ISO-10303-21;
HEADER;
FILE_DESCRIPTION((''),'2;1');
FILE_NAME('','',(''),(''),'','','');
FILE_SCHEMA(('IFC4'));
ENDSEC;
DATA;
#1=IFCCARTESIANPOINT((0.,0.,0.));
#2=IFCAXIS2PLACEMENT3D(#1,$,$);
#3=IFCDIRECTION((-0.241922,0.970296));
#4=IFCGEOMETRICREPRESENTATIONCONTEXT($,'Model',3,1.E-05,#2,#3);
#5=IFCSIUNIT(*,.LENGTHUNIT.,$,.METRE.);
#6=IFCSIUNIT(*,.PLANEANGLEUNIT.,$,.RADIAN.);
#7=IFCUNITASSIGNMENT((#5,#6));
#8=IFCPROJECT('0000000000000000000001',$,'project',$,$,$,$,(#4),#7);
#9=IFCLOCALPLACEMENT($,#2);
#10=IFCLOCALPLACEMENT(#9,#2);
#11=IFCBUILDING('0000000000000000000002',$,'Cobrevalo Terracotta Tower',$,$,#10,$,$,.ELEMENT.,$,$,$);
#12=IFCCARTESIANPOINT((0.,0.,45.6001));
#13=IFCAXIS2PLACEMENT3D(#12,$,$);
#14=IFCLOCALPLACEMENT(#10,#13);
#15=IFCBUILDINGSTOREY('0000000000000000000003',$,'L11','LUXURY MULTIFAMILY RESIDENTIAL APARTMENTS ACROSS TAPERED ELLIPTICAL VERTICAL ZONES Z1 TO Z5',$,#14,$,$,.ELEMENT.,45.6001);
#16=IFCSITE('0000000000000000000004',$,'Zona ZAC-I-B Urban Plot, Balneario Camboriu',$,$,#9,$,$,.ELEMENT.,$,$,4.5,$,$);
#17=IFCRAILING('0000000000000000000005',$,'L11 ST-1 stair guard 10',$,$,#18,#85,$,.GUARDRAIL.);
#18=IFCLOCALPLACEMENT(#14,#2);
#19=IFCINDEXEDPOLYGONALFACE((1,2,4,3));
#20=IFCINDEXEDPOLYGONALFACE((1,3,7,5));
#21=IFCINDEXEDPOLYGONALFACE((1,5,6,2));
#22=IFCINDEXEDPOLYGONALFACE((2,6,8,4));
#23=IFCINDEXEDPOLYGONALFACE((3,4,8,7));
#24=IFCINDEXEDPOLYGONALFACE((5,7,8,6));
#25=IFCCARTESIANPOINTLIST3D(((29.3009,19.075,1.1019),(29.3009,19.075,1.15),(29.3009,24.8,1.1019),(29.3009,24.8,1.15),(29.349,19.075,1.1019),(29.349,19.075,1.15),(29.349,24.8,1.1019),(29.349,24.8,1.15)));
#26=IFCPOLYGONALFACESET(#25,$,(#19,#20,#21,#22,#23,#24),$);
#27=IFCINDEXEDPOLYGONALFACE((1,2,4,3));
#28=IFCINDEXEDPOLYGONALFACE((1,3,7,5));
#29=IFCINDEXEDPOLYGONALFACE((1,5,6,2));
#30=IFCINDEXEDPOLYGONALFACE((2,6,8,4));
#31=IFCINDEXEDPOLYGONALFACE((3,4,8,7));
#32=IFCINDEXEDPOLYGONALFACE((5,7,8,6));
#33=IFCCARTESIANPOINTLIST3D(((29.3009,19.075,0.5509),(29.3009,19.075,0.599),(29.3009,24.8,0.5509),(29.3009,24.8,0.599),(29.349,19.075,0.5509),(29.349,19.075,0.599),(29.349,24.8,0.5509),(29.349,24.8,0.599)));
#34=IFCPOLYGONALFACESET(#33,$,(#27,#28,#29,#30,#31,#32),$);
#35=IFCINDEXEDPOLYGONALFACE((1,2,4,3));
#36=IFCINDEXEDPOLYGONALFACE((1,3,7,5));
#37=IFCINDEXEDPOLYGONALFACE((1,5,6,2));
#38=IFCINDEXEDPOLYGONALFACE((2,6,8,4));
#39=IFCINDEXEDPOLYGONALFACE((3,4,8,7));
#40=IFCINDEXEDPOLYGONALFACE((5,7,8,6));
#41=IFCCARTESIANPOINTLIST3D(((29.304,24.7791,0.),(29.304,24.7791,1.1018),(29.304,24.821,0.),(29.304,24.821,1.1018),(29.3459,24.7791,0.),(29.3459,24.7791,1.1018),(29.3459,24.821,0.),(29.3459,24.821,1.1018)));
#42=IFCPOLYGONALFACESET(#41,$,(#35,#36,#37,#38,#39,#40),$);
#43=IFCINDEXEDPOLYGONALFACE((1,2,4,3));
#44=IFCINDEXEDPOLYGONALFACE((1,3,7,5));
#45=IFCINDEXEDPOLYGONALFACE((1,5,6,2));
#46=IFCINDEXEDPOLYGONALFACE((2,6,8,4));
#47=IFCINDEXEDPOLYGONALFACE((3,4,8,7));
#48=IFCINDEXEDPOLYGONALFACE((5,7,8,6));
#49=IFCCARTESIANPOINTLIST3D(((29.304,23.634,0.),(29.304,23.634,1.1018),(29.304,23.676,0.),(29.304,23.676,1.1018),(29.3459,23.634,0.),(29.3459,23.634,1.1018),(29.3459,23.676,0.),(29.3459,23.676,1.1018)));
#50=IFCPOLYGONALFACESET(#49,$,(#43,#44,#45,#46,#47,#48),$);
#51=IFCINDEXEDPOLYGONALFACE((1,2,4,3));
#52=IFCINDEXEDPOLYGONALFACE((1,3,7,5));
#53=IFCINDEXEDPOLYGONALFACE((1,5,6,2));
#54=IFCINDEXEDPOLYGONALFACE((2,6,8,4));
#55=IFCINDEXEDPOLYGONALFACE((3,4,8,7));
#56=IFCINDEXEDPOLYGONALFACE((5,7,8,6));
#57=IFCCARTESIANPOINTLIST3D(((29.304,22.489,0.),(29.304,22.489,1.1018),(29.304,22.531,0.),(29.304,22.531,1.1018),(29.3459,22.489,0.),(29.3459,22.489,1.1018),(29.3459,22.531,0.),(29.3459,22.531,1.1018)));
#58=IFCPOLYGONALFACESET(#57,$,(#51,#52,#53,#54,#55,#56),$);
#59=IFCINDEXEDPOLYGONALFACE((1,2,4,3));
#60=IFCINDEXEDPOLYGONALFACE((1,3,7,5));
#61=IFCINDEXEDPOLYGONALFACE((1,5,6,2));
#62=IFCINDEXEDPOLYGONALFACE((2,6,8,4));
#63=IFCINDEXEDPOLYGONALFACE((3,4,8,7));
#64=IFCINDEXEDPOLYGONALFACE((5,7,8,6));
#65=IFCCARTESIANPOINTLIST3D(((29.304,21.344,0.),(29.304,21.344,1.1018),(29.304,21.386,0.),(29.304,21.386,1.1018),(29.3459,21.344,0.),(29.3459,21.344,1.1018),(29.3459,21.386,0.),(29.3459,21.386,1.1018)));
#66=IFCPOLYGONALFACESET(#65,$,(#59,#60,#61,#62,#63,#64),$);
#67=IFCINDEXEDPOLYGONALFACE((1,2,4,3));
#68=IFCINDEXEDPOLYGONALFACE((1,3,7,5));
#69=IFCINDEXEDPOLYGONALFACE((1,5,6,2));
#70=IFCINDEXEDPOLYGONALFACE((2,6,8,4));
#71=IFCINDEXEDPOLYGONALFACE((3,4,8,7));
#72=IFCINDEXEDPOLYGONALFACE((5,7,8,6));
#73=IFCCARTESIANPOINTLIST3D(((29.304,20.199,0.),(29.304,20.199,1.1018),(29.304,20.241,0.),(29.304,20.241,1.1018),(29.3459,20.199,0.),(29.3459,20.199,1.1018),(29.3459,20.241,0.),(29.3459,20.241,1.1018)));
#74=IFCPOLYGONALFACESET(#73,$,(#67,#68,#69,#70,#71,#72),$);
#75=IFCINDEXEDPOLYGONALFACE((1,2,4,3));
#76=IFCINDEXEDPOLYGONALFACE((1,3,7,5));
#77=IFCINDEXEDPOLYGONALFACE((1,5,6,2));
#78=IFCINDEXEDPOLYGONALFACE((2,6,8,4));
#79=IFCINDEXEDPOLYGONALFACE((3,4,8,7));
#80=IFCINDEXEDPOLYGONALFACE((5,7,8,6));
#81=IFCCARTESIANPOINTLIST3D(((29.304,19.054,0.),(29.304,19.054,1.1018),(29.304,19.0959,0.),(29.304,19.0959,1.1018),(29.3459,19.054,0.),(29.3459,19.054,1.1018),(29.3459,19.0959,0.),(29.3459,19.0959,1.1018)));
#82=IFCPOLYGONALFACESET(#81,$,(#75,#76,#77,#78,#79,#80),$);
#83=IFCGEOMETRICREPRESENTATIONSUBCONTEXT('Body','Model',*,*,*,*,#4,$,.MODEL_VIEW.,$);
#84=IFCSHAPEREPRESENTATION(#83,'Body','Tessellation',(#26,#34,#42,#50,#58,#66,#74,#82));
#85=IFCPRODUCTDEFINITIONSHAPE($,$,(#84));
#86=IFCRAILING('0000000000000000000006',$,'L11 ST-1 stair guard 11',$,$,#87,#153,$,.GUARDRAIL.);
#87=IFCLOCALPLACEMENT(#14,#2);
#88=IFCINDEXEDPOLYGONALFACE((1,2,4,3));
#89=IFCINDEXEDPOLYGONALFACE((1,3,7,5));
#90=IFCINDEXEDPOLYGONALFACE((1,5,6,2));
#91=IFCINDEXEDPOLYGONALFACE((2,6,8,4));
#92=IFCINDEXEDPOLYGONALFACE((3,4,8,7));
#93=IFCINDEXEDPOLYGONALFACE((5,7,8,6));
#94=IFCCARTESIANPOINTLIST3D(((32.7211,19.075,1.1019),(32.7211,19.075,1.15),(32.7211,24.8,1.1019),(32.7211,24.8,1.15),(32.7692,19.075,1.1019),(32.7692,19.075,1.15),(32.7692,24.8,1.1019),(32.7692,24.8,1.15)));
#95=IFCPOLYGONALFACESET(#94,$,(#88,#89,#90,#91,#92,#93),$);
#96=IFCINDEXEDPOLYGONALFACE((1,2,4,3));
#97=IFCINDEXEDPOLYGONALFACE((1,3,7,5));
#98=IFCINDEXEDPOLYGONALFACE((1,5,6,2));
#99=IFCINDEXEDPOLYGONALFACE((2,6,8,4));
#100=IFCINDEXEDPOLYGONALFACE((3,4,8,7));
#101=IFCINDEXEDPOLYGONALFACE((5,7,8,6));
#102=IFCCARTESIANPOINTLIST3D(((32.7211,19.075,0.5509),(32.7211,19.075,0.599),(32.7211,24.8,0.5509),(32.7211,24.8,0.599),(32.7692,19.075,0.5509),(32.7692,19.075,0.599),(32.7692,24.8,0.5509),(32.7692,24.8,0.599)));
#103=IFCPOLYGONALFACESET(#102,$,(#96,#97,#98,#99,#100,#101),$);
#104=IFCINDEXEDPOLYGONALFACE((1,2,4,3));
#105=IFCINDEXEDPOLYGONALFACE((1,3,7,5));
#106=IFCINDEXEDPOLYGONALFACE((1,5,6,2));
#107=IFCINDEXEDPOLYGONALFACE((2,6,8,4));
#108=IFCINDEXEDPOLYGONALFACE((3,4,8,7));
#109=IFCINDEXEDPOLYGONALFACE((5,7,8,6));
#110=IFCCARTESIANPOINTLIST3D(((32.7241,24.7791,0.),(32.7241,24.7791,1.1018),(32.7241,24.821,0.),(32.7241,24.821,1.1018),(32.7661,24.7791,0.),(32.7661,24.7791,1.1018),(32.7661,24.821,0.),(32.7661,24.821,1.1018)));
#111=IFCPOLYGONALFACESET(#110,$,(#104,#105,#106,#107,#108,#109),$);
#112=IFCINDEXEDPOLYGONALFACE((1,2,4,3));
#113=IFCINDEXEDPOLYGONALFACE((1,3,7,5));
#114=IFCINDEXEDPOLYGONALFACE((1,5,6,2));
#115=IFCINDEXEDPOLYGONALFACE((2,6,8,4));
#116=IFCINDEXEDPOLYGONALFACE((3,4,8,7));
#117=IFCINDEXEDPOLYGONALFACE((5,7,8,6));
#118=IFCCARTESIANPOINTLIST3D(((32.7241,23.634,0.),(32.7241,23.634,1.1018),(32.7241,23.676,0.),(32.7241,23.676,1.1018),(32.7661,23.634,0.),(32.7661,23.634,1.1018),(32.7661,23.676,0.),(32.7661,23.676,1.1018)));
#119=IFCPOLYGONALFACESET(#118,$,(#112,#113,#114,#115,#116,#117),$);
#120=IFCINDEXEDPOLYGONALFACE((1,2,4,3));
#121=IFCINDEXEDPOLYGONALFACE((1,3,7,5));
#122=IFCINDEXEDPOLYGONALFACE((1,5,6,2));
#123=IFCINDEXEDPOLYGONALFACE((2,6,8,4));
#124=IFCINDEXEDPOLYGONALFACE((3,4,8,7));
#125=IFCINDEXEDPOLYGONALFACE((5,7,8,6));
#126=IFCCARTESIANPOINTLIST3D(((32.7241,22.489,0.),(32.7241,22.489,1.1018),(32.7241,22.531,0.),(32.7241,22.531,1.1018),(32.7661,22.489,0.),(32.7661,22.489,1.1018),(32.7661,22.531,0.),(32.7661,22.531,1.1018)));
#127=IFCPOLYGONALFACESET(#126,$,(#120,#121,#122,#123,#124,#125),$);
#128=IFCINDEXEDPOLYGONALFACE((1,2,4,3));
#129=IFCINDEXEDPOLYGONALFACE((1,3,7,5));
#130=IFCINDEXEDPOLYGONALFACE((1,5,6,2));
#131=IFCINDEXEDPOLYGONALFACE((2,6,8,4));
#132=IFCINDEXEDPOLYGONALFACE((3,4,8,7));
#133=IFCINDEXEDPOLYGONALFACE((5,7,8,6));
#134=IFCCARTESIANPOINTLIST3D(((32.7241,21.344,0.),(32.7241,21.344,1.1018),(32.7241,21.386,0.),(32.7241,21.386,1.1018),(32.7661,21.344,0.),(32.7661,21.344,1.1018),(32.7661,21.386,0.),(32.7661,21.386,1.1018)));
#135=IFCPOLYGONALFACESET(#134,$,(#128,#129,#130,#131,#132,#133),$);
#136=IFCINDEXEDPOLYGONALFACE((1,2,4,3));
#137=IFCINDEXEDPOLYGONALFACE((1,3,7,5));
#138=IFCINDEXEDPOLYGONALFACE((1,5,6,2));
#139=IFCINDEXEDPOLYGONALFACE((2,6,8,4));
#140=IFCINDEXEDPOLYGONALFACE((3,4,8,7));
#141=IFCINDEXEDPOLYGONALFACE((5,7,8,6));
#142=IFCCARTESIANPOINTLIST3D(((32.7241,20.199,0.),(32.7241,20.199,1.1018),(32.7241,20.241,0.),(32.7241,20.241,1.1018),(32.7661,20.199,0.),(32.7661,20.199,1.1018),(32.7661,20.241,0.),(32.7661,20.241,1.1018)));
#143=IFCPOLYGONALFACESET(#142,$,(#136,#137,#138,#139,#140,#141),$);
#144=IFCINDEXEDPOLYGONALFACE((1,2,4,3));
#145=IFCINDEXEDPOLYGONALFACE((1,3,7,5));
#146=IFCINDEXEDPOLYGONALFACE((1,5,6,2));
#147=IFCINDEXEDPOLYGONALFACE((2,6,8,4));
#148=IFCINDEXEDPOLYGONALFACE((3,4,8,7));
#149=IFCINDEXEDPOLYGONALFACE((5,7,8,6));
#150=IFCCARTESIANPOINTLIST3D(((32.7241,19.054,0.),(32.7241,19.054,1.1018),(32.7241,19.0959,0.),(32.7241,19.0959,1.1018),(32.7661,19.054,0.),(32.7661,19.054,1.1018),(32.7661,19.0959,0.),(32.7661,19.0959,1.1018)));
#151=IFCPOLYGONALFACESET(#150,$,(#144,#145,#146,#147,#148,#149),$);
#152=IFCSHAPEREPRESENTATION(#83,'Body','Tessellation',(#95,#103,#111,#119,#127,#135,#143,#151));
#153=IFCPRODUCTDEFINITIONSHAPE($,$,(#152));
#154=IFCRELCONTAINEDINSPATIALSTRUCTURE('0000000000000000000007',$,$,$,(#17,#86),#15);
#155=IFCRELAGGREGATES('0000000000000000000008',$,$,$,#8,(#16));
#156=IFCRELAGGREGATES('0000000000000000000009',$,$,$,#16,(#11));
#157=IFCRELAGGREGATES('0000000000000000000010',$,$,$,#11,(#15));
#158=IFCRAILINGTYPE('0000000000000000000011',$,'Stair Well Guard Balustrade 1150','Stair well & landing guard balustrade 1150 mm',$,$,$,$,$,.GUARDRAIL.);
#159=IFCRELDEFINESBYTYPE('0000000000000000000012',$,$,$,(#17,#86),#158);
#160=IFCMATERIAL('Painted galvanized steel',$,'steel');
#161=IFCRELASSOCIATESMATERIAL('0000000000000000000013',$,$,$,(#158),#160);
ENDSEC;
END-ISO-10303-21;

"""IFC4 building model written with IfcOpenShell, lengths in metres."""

from ifc_helpers import new_model, si_unit, direction, frame, origin, origin_2d, place, context, subcontext, project, spatial, rectangle, extrude, material, type_object, element, save


model = new_model("IFC4")

# Units and contexts
model_context = context("Model", 3, precision=1e-05, world=origin(), true_north=direction((-0.241922, 0.970296)))
body_context = subcontext(model_context, "Body", "Model", "MODEL_VIEW")
ifc_project = project(units=[si_unit("LENGTHUNIT", "METRE"), si_unit("PLANEANGLEUNIT", "RADIAN")], contexts=[model_context])

# Site, building, storey
site_placement = place(None, origin())
site = spatial("IfcSite", under=ifc_project, at=site_placement, Name="Zona ZAC-I-B Urban Plot, Balneario Camboriu", CompositionType="ELEMENT", RefElevation=4.5)
building_placement = place(site_placement, origin())
building = spatial("IfcBuilding", under=site, at=building_placement, Name="Cobrevalo Terracotta Tower", CompositionType="ELEMENT")
storey_placement = place(building_placement, frame((0.0, 0.0, 45.6001)))
storey = spatial("IfcBuildingStorey", under=building, at=storey_placement, Name="L11", Description="LUXURY MULTIFAMILY RESIDENTIAL APARTMENTS ACROSS TAPERED ELLIPTICAL VERTICAL ZONES Z1 TO Z5", CompositionType="ELEMENT", Elevation=45.6001)

# Railings
ifc_material_1 = material(Name="Painted galvanized steel", Category="steel")
railing_type_1 = type_object("IfcRailingType", Name="Stair Well Guard Balustrade 1150", Description="Stair well & landing guard balustrade 1150 mm", PredefinedType="GUARDRAIL", material=ifc_material_1)
for number, where, name in (
    (1, (29.325, 24.8, 0.0), "L11 ST-1 stair guard 10"),
    (2, (32.7451, 24.8, 0.0), "L11 ST-1 stair guard 11"),
):
    element("IfcRailing", number, at=place(storey_placement, frame(where)), inside=storey, type_object=railing_type_1, Name=name, PredefinedType="GUARDRAIL", context=body_context, shape_type="SweptSolid", body=[
        extrude(rectangle(XDim=0.0481, YDim=0.0481, at=origin_2d()), frame((0.0, 0.0, 1.126), z_axis=(0.0, -1.0, 0.0), x_axis=(1.0, 0.0, 0.0)), (0.0, 0.0, 1.0), 5.7251),
        extrude(rectangle(XDim=0.0481, YDim=0.0481, at=origin_2d()), frame((0.0, 0.0, 0.575), z_axis=(0.0, -1.0, 0.0), x_axis=(1.0, 0.0, 0.0)), (0.0, 0.0, 1.0), 5.7251),
        extrude(rectangle(XDim=0.042, YDim=0.042, at=origin_2d()), origin(), (0.0, 0.0, 1.0), 1.1018),
        extrude(rectangle(XDim=0.042, YDim=0.042, at=origin_2d()), frame((0.0, -1.145, 0.0)), (0.0, 0.0, 1.0), 1.1018),
        extrude(rectangle(XDim=0.042, YDim=0.042, at=origin_2d()), frame((0.0, -2.29, 0.0)), (0.0, 0.0, 1.0), 1.1018),
        extrude(rectangle(XDim=0.042, YDim=0.042, at=origin_2d()), frame((0.0, -3.4351, 0.0)), (0.0, 0.0, 1.0), 1.1018),
        extrude(rectangle(XDim=0.042, YDim=0.042, at=origin_2d()), frame((0.0, -4.5801, 0.0)), (0.0, 0.0, 1.0), 1.1018),
        extrude(rectangle(XDim=0.042, YDim=0.042, at=origin_2d()), frame((0.0, -5.7251, 0.0)), (0.0, 0.0, 1.0), 1.1018),
    ])

save(model, "model.ifc")
